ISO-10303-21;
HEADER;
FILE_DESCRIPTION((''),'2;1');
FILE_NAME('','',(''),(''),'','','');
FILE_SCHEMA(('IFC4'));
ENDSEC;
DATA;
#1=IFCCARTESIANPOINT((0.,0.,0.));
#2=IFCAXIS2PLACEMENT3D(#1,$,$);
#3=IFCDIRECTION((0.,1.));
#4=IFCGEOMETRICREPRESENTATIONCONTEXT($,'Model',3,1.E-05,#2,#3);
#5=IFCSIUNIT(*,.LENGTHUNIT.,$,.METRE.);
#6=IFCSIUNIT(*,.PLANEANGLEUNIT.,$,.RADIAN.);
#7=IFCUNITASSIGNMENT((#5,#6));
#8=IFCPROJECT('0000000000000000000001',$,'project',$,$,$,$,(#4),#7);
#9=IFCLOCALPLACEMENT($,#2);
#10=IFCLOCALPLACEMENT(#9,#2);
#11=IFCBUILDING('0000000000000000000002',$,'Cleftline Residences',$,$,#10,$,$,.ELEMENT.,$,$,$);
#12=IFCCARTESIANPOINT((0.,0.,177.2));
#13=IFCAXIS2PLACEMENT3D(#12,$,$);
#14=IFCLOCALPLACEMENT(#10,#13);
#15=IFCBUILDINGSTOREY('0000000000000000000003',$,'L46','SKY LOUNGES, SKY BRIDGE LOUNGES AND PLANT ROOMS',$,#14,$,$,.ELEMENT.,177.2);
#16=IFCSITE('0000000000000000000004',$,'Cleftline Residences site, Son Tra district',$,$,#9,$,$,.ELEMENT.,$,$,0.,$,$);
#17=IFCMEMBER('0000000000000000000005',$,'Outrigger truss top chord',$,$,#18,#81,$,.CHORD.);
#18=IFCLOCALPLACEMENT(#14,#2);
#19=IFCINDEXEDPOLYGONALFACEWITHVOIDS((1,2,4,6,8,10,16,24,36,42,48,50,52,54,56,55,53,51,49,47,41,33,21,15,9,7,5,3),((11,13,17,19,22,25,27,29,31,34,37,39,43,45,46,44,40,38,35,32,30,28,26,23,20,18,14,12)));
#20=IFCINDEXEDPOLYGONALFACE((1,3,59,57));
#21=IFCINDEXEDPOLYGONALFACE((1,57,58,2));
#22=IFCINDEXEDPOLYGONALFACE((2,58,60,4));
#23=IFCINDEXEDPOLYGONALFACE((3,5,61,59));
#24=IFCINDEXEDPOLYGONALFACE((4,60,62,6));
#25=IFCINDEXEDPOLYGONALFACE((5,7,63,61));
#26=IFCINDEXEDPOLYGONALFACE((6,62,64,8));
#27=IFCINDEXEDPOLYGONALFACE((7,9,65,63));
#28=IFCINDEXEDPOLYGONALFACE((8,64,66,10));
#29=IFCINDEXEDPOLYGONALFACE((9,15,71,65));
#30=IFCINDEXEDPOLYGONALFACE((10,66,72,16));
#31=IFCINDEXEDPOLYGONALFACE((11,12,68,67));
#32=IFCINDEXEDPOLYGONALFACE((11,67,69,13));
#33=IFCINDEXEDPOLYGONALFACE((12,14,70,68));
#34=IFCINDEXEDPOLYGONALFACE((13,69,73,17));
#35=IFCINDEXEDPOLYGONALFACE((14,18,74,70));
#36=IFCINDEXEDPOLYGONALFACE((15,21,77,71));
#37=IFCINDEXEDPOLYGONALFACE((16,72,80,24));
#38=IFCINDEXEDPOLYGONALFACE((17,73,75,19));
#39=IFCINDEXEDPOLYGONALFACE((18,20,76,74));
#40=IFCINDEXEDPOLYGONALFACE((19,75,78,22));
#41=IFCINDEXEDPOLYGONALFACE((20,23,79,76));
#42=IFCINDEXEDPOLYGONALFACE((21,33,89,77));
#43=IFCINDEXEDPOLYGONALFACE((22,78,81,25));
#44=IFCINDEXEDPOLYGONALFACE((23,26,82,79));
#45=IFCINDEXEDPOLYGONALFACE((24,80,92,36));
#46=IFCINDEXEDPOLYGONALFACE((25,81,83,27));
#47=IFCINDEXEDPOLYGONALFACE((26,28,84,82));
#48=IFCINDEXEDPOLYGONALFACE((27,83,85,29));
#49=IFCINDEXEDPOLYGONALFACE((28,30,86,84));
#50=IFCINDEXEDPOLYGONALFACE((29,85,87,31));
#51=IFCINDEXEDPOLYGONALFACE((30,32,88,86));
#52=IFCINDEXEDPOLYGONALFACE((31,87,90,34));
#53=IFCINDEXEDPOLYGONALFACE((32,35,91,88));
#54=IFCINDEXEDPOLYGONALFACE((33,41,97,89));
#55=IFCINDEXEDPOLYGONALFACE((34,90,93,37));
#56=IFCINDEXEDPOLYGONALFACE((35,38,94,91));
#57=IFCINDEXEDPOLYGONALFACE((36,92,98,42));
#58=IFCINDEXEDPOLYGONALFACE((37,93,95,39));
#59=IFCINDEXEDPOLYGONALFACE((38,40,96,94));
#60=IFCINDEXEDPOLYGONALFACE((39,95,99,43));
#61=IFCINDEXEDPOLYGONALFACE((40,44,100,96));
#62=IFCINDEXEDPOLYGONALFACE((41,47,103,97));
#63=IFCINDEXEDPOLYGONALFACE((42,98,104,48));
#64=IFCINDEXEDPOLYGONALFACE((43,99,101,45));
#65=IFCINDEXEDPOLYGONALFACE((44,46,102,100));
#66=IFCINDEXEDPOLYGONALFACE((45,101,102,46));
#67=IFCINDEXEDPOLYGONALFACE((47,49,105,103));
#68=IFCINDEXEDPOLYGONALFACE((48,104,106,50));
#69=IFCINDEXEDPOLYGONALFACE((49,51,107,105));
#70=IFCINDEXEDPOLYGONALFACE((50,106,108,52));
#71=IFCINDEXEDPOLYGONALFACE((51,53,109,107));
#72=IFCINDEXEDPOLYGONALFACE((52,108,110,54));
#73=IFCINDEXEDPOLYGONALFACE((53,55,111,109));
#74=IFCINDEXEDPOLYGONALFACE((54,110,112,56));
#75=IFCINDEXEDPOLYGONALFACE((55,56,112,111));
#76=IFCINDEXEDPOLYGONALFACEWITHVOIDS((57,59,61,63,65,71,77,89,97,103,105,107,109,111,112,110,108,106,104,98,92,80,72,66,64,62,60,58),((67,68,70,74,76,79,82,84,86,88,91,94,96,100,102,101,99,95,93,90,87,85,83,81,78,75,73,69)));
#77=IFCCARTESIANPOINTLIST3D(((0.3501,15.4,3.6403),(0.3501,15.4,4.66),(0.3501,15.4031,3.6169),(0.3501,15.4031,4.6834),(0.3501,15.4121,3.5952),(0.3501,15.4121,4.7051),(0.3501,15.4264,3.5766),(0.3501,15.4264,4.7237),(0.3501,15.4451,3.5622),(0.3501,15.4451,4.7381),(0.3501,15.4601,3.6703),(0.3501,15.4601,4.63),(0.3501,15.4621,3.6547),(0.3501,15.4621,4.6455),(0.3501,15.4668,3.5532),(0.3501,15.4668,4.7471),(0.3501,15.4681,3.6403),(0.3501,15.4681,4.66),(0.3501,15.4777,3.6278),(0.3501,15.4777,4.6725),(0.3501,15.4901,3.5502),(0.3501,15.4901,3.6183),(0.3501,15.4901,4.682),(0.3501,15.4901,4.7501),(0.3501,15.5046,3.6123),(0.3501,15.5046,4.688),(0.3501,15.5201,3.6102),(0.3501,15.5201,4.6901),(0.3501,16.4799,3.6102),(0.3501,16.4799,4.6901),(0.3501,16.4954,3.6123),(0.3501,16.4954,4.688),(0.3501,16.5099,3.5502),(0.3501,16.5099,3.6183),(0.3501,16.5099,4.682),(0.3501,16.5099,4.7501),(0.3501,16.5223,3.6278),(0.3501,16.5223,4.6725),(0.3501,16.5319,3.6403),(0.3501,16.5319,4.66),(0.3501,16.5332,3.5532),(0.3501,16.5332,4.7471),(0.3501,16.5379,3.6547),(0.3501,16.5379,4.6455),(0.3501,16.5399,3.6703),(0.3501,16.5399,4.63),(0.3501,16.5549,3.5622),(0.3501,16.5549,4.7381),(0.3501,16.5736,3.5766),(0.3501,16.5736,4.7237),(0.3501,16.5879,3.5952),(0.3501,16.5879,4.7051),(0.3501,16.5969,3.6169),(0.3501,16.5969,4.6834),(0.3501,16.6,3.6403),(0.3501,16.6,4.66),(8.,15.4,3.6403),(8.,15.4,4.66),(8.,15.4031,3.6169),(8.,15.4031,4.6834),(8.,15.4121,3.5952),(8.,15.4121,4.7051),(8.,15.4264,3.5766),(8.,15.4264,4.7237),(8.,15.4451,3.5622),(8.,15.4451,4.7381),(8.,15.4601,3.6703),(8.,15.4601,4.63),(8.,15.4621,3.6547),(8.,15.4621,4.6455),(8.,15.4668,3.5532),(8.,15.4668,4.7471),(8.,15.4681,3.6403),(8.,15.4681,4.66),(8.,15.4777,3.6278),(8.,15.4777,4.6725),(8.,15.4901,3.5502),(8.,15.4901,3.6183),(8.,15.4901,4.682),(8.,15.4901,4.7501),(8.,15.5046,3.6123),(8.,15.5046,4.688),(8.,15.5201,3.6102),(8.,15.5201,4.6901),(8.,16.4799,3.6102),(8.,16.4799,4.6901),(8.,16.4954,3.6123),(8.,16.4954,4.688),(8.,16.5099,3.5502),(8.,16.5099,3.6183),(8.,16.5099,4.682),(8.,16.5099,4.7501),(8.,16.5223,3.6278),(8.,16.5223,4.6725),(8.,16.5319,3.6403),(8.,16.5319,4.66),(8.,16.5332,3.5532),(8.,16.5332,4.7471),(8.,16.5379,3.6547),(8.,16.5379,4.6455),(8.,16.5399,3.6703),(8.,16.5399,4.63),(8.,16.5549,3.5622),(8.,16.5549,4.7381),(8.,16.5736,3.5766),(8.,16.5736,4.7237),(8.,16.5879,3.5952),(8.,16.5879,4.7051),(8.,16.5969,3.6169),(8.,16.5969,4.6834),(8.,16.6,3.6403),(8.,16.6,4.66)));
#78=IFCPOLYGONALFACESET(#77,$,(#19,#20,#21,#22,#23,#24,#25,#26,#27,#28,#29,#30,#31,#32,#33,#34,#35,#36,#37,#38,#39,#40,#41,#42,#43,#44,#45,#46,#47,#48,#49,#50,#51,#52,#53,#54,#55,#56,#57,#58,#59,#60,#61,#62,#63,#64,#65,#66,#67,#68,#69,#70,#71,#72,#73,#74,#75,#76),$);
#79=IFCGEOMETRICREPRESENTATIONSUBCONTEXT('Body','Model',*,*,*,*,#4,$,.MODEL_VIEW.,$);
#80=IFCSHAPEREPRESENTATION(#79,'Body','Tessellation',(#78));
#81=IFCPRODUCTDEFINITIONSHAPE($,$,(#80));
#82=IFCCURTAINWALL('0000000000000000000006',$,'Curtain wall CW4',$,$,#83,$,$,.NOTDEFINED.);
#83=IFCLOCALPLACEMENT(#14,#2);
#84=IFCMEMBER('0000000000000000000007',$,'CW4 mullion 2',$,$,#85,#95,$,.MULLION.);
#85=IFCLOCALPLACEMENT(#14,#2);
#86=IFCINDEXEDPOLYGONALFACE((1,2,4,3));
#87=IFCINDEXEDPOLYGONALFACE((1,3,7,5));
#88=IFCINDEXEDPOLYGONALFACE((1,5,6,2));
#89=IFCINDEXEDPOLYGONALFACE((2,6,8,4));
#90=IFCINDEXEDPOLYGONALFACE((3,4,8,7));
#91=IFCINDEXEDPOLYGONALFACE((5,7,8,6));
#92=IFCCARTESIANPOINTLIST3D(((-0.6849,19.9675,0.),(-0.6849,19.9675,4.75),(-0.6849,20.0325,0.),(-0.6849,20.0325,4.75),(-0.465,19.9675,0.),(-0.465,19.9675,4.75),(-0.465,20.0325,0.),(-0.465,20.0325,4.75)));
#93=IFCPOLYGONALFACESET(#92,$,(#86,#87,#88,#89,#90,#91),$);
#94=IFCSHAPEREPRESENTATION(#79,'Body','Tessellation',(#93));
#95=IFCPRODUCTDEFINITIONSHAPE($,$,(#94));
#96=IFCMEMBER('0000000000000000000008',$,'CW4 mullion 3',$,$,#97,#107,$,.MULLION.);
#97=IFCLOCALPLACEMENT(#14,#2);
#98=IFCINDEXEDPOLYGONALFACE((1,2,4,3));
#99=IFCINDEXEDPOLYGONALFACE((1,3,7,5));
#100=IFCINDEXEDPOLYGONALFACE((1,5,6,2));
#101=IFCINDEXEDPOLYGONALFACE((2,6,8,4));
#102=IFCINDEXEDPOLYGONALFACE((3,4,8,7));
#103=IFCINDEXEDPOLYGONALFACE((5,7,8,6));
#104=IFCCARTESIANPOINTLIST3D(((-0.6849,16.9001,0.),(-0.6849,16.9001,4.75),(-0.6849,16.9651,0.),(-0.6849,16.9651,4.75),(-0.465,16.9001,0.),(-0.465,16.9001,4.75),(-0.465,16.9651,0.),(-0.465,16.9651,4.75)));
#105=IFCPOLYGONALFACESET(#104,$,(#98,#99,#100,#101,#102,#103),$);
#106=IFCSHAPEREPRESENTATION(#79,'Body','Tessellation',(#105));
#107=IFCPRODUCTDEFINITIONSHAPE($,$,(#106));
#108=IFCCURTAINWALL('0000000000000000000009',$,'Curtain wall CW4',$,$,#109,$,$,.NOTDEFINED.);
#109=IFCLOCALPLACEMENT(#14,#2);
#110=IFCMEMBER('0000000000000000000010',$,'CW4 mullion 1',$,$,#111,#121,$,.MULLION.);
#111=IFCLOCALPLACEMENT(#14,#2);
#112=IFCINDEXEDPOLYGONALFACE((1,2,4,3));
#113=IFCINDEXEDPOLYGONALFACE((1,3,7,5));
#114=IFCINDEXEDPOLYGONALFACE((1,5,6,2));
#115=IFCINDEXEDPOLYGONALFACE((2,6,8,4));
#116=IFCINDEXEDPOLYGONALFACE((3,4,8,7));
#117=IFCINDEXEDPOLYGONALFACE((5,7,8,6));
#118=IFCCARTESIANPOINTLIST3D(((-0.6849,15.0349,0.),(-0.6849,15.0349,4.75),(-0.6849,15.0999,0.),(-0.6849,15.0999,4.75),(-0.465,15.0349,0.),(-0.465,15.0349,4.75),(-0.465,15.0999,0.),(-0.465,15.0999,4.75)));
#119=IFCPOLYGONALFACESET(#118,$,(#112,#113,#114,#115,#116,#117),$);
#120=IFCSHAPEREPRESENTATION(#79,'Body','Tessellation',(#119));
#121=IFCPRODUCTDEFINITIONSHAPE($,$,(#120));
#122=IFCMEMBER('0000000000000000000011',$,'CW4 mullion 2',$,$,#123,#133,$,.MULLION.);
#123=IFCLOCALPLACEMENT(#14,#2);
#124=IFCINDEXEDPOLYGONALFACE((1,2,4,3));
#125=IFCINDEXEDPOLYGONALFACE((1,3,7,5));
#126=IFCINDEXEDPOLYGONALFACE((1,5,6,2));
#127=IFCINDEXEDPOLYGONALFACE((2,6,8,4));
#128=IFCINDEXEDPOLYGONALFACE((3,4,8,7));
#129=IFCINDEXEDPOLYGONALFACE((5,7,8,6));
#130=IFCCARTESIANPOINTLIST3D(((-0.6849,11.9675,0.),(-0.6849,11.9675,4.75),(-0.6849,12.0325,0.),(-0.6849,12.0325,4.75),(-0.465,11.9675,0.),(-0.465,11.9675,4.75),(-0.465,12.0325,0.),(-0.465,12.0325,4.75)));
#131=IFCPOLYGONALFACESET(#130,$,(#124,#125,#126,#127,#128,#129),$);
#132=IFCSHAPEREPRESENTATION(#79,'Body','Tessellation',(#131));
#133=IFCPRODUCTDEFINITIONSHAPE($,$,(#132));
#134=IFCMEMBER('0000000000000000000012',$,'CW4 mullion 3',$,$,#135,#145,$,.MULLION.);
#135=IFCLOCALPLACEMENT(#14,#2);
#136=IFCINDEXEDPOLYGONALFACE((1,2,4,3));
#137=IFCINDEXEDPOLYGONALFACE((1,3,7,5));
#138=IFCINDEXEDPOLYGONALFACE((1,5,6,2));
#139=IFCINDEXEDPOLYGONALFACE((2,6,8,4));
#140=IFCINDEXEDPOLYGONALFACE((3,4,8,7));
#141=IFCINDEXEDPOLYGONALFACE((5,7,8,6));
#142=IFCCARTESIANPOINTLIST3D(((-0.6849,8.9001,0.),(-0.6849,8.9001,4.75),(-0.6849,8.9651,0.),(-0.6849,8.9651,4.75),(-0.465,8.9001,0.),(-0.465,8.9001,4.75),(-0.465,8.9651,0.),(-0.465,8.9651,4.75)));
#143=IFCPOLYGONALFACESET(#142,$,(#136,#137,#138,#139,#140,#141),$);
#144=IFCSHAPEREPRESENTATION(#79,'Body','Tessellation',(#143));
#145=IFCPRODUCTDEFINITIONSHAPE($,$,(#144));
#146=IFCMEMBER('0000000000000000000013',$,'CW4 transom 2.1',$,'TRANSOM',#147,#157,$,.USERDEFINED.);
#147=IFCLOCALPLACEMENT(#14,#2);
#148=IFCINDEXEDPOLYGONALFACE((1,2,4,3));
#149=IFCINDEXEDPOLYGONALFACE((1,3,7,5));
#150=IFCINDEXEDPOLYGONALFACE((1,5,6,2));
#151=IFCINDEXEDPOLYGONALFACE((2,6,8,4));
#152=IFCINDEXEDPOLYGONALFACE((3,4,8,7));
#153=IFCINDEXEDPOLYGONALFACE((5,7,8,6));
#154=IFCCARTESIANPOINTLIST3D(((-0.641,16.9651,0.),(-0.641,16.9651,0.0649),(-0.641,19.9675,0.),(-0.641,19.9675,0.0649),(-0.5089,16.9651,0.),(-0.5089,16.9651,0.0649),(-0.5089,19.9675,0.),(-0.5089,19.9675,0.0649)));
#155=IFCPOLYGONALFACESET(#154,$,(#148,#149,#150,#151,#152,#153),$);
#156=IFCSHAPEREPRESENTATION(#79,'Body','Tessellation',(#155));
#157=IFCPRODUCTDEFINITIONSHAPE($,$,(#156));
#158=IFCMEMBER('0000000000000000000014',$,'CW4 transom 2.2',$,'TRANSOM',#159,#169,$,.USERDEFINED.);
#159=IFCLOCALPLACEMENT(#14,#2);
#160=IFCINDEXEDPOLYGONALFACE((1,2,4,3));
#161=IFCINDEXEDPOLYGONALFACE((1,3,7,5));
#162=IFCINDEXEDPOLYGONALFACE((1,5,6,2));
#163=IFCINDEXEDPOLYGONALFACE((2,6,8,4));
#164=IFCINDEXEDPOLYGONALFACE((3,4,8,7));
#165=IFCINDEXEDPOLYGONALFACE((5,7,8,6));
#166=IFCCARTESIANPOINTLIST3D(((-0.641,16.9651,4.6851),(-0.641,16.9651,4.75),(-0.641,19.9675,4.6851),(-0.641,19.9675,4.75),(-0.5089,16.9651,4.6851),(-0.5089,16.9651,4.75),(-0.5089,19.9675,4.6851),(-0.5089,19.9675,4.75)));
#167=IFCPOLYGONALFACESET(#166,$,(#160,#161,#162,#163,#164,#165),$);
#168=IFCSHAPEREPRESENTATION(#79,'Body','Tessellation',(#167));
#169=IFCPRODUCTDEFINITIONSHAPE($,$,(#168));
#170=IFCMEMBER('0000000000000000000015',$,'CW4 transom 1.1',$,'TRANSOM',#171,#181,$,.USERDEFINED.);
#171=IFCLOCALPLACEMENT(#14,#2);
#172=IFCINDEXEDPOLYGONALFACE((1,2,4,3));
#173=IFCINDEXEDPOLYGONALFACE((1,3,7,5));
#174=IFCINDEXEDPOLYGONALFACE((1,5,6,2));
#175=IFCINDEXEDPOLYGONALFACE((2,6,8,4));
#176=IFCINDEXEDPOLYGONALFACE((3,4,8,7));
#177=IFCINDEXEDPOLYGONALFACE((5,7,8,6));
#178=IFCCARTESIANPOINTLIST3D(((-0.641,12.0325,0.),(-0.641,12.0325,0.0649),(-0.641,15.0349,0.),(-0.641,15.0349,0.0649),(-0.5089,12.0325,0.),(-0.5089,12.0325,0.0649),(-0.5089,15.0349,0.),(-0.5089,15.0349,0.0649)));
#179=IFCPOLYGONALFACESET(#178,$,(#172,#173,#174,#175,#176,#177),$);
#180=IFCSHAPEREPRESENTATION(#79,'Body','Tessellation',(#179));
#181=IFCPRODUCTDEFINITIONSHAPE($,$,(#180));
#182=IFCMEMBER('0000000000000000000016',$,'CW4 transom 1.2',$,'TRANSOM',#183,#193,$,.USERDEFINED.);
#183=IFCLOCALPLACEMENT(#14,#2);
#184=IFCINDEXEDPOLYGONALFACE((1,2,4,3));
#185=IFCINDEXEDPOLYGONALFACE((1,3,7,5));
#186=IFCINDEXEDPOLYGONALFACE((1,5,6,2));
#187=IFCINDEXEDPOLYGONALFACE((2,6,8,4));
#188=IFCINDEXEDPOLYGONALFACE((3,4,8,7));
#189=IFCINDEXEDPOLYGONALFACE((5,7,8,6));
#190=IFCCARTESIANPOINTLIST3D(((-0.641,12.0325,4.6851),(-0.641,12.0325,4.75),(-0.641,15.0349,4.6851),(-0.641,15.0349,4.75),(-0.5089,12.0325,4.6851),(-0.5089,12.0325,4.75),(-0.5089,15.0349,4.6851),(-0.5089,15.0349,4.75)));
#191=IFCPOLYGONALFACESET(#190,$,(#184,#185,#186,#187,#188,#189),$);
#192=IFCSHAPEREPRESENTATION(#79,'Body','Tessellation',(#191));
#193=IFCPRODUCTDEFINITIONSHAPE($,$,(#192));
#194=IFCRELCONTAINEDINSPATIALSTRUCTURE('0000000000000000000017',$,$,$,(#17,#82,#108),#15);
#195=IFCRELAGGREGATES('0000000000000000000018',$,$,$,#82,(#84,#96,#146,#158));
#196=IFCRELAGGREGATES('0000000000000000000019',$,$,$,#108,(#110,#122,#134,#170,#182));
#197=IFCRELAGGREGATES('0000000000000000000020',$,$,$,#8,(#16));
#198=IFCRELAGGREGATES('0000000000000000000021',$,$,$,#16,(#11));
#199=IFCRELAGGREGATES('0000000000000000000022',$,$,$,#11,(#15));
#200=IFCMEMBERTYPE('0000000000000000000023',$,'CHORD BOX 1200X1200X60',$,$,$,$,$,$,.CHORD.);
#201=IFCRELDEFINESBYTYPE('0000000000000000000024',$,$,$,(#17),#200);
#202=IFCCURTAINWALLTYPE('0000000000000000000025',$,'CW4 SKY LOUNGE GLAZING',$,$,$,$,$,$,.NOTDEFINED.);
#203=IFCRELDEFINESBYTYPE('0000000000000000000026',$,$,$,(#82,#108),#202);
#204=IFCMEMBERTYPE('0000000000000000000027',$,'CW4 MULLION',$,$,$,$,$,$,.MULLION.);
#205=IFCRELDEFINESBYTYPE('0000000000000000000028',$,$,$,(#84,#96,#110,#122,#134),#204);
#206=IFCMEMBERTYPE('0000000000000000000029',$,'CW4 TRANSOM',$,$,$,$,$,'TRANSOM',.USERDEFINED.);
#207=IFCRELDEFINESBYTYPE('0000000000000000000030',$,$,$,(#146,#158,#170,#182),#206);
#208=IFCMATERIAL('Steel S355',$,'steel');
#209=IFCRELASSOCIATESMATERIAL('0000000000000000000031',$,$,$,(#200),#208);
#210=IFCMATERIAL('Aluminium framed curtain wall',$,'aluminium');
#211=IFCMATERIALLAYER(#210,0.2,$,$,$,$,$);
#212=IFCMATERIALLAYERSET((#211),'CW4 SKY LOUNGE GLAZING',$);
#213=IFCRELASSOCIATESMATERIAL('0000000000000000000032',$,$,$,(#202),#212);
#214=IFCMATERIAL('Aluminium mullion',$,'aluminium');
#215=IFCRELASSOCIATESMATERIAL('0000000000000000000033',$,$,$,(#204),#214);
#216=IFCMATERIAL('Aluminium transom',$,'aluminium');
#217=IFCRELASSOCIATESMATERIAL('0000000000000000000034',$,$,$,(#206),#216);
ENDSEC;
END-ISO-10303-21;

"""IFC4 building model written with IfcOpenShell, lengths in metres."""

from ifc_helpers import new_model, si_unit, direction, frame, origin, origin_2d, place, context, subcontext, project, spatial, rectangle, hollow_rectangle, extrude, material, layer, layer_set, material_profile, profile_set, type_object, element, aggregate, save


model = new_model("IFC4")

# Units and contexts
model_context = context("Model", 3, precision=1e-05, world=origin(), true_north=direction((0.0, 1.0)))
body_context = subcontext(model_context, "Body", "Model", "MODEL_VIEW")
ifc_project = project(units=[si_unit("LENGTHUNIT", "METRE"), si_unit("PLANEANGLEUNIT", "RADIAN")], contexts=[model_context])

# Site, building, storey
site_placement = place(None, origin())
site = spatial("IfcSite", under=ifc_project, at=site_placement, Name="Cleftline Residences site, Son Tra district", CompositionType="ELEMENT", RefElevation=0.0)
building_placement = place(site_placement, origin())
building = spatial("IfcBuilding", under=site, at=building_placement, Name="Cleftline Residences", CompositionType="ELEMENT")
storey_placement = place(building_placement, frame((0.0, 0.0, 177.2)))
storey = spatial("IfcBuildingStorey", under=building, at=storey_placement, Name="L46", Description="SKY LOUNGES, SKY BRIDGE LOUNGES AND PLANT ROOMS", CompositionType="ELEMENT", Elevation=177.2)

# Member
ifc_material_1 = material(Name="Steel S355", Category="steel")
ifc_material_profile_1 = material_profile(ifc_material_1, hollow_rectangle(XDim=1.2, YDim=1.2, WallThickness=0.0601, InnerFilletRadius=0.0601, OuterFilletRadius=0.0901, at=origin_2d()))
ifc_profile_set_1 = profile_set([ifc_material_profile_1], Name="Steel S355")
member_type_1 = type_object("IfcMemberType", Name="CHORD BOX 1200X1200X60", PredefinedType="CHORD", material=ifc_profile_set_1)
member_1_placement = place(storey_placement, frame((8.0, 16.0, 4.1501), z_axis=(-1.0, 0.0, 0.0), x_axis=(0.0, -1.0, 0.0)))
element("IfcMember", 1, at=member_1_placement, inside=storey, type_object=member_type_1, Name="Outrigger truss top chord", PredefinedType="CHORD", context=body_context, shape_type="SweptSolid", body=[
    extrude(hollow_rectangle(XDim=1.2, YDim=1.2, WallThickness=0.0601, InnerFilletRadius=0.0601, OuterFilletRadius=0.0901, at=origin_2d()), origin(), (0.0, 0.0, 1.0), 7.6499),
])

# Curtain walls, members
ifc_material_2 = material(Name="Aluminium framed curtain wall", Category="aluminium")
ifc_layer_1 = layer(ifc_material_2, 0.2)
ifc_layer_set_1 = layer_set([ifc_layer_1], Name="CW4 SKY LOUNGE GLAZING")
curtain_wall_type = type_object("IfcCurtainWallType", Name="CW4 SKY LOUNGE GLAZING", PredefinedType="NOTDEFINED", material=ifc_layer_set_1)
curtain_wall_1_placement = place(storey_placement, origin())
curtain_wall_1 = element("IfcCurtainWall", 2, at=curtain_wall_1_placement, inside=storey, type_object=curtain_wall_type, Name="Curtain wall CW4", PredefinedType="NOTDEFINED")
ifc_material_3 = material(Name="Aluminium mullion", Category="aluminium")
ifc_material_profile_2 = material_profile(ifc_material_3, rectangle(XDim=0.22, YDim=0.0649, at=origin_2d()))
ifc_profile_set_2 = profile_set([ifc_material_profile_2], Name="Aluminium mullion")
member_type_2 = type_object("IfcMemberType", Name="CW4 MULLION", PredefinedType="MULLION", material=ifc_profile_set_2)
member_2_placement = place(storey_placement, frame((-0.575, 20.0, 0.0), z_axis=(0.0, 0.0, 1.0), x_axis=(1.0, 0.0, 0.0)))
member_2 = element("IfcMember", 3, at=member_2_placement, type_object=member_type_2, Name="CW4 mullion 2", PredefinedType="MULLION", context=body_context, shape_type="SweptSolid", body=[
    extrude(rectangle(XDim=0.22, YDim=0.0649, at=origin_2d()), origin(), (0.0, 0.0, 1.0), 4.75),
])
member_3_placement = place(storey_placement, frame((-0.575, 16.9326, 0.0), z_axis=(0.0, 0.0, 1.0), x_axis=(1.0, 0.0, 0.0)))
member_3 = element("IfcMember", 4, at=member_3_placement, type_object=member_type_2, Name="CW4 mullion 3", PredefinedType="MULLION", context=body_context, shape_type="SweptSolid", body=[
    extrude(rectangle(XDim=0.22, YDim=0.0649, at=origin_2d()), origin(), (0.0, 0.0, 1.0), 4.75),
])
curtain_wall_2_placement = place(storey_placement, origin())
curtain_wall_2 = element("IfcCurtainWall", 5, at=curtain_wall_2_placement, inside=storey, type_object=curtain_wall_type, Name="Curtain wall CW4", PredefinedType="NOTDEFINED")
member_4_placement = place(storey_placement, frame((-0.575, 15.0674, 0.0), z_axis=(0.0, 0.0, 1.0), x_axis=(1.0, 0.0, 0.0)))
member_4 = element("IfcMember", 6, at=member_4_placement, type_object=member_type_2, Name="CW4 mullion 1", PredefinedType="MULLION", context=body_context, shape_type="SweptSolid", body=[
    extrude(rectangle(XDim=0.22, YDim=0.0649, at=origin_2d()), origin(), (0.0, 0.0, 1.0), 4.75),
])
member_5_placement = place(storey_placement, frame((-0.575, 12.0, 0.0), z_axis=(0.0, 0.0, 1.0), x_axis=(1.0, 0.0, 0.0)))
member_5 = element("IfcMember", 7, at=member_5_placement, type_object=member_type_2, Name="CW4 mullion 2", PredefinedType="MULLION", context=body_context, shape_type="SweptSolid", body=[
    extrude(rectangle(XDim=0.22, YDim=0.0649, at=origin_2d()), origin(), (0.0, 0.0, 1.0), 4.75),
])
member_6_placement = place(storey_placement, frame((-0.575, 8.9326, 0.0), z_axis=(0.0, 0.0, 1.0), x_axis=(1.0, 0.0, 0.0)))
member_6 = element("IfcMember", 8, at=member_6_placement, type_object=member_type_2, Name="CW4 mullion 3", PredefinedType="MULLION", context=body_context, shape_type="SweptSolid", body=[
    extrude(rectangle(XDim=0.22, YDim=0.0649, at=origin_2d()), origin(), (0.0, 0.0, 1.0), 4.75),
])

# Members
ifc_material_4 = material(Name="Aluminium transom", Category="aluminium")
ifc_material_profile_3 = material_profile(ifc_material_4, rectangle(XDim=0.1321, YDim=0.0649, at=origin_2d()))
ifc_profile_set_3 = profile_set([ifc_material_profile_3], Name="Aluminium transom")
member_type_3 = type_object("IfcMemberType", Name="CW4 TRANSOM", ElementType="TRANSOM", PredefinedType="USERDEFINED", material=ifc_profile_set_3)
member_7_placement = place(storey_placement, frame((-0.575, 19.9675, 0.0325), z_axis=(0.0, -1.0, 0.0), x_axis=(1.0, 0.0, 0.0)))
member_7 = element("IfcMember", 9, at=member_7_placement, type_object=member_type_3, Name="CW4 transom 2.1", ObjectType="TRANSOM", PredefinedType="USERDEFINED", context=body_context, shape_type="SweptSolid", body=[
    extrude(rectangle(XDim=0.1321, YDim=0.0649, at=origin_2d()), origin(), (0.0, 0.0, 1.0), 3.0024),
])
member_8_placement = place(storey_placement, frame((-0.575, 19.9675, 4.7175), z_axis=(0.0, -1.0, 0.0), x_axis=(1.0, 0.0, 0.0)))
member_8 = element("IfcMember", 10, at=member_8_placement, type_object=member_type_3, Name="CW4 transom 2.2", ObjectType="TRANSOM", PredefinedType="USERDEFINED", context=body_context, shape_type="SweptSolid", body=[
    extrude(rectangle(XDim=0.1321, YDim=0.0649, at=origin_2d()), origin(), (0.0, 0.0, 1.0), 3.0024),
])
member_9_placement = place(storey_placement, frame((-0.575, 15.0349, 0.0325), z_axis=(0.0, -1.0, 0.0), x_axis=(1.0, 0.0, 0.0)))
member_9 = element("IfcMember", 11, at=member_9_placement, type_object=member_type_3, Name="CW4 transom 1.1", ObjectType="TRANSOM", PredefinedType="USERDEFINED", context=body_context, shape_type="SweptSolid", body=[
    extrude(rectangle(XDim=0.1321, YDim=0.0649, at=origin_2d()), origin(), (0.0, 0.0, 1.0), 3.0024),
])
member_10_placement = place(storey_placement, frame((-0.575, 15.0349, 4.7175), z_axis=(0.0, -1.0, 0.0), x_axis=(1.0, 0.0, 0.0)))
member_10 = element("IfcMember", 12, at=member_10_placement, type_object=member_type_3, Name="CW4 transom 1.2", ObjectType="TRANSOM", PredefinedType="USERDEFINED", context=body_context, shape_type="SweptSolid", body=[
    extrude(rectangle(XDim=0.1321, YDim=0.0649, at=origin_2d()), origin(), (0.0, 0.0, 1.0), 3.0024),
])

aggregate(curtain_wall_1, [member_2, member_3, member_7, member_8])
aggregate(curtain_wall_2, [member_4, member_5, member_6, member_9, member_10])

save(model, "model.ifc")
